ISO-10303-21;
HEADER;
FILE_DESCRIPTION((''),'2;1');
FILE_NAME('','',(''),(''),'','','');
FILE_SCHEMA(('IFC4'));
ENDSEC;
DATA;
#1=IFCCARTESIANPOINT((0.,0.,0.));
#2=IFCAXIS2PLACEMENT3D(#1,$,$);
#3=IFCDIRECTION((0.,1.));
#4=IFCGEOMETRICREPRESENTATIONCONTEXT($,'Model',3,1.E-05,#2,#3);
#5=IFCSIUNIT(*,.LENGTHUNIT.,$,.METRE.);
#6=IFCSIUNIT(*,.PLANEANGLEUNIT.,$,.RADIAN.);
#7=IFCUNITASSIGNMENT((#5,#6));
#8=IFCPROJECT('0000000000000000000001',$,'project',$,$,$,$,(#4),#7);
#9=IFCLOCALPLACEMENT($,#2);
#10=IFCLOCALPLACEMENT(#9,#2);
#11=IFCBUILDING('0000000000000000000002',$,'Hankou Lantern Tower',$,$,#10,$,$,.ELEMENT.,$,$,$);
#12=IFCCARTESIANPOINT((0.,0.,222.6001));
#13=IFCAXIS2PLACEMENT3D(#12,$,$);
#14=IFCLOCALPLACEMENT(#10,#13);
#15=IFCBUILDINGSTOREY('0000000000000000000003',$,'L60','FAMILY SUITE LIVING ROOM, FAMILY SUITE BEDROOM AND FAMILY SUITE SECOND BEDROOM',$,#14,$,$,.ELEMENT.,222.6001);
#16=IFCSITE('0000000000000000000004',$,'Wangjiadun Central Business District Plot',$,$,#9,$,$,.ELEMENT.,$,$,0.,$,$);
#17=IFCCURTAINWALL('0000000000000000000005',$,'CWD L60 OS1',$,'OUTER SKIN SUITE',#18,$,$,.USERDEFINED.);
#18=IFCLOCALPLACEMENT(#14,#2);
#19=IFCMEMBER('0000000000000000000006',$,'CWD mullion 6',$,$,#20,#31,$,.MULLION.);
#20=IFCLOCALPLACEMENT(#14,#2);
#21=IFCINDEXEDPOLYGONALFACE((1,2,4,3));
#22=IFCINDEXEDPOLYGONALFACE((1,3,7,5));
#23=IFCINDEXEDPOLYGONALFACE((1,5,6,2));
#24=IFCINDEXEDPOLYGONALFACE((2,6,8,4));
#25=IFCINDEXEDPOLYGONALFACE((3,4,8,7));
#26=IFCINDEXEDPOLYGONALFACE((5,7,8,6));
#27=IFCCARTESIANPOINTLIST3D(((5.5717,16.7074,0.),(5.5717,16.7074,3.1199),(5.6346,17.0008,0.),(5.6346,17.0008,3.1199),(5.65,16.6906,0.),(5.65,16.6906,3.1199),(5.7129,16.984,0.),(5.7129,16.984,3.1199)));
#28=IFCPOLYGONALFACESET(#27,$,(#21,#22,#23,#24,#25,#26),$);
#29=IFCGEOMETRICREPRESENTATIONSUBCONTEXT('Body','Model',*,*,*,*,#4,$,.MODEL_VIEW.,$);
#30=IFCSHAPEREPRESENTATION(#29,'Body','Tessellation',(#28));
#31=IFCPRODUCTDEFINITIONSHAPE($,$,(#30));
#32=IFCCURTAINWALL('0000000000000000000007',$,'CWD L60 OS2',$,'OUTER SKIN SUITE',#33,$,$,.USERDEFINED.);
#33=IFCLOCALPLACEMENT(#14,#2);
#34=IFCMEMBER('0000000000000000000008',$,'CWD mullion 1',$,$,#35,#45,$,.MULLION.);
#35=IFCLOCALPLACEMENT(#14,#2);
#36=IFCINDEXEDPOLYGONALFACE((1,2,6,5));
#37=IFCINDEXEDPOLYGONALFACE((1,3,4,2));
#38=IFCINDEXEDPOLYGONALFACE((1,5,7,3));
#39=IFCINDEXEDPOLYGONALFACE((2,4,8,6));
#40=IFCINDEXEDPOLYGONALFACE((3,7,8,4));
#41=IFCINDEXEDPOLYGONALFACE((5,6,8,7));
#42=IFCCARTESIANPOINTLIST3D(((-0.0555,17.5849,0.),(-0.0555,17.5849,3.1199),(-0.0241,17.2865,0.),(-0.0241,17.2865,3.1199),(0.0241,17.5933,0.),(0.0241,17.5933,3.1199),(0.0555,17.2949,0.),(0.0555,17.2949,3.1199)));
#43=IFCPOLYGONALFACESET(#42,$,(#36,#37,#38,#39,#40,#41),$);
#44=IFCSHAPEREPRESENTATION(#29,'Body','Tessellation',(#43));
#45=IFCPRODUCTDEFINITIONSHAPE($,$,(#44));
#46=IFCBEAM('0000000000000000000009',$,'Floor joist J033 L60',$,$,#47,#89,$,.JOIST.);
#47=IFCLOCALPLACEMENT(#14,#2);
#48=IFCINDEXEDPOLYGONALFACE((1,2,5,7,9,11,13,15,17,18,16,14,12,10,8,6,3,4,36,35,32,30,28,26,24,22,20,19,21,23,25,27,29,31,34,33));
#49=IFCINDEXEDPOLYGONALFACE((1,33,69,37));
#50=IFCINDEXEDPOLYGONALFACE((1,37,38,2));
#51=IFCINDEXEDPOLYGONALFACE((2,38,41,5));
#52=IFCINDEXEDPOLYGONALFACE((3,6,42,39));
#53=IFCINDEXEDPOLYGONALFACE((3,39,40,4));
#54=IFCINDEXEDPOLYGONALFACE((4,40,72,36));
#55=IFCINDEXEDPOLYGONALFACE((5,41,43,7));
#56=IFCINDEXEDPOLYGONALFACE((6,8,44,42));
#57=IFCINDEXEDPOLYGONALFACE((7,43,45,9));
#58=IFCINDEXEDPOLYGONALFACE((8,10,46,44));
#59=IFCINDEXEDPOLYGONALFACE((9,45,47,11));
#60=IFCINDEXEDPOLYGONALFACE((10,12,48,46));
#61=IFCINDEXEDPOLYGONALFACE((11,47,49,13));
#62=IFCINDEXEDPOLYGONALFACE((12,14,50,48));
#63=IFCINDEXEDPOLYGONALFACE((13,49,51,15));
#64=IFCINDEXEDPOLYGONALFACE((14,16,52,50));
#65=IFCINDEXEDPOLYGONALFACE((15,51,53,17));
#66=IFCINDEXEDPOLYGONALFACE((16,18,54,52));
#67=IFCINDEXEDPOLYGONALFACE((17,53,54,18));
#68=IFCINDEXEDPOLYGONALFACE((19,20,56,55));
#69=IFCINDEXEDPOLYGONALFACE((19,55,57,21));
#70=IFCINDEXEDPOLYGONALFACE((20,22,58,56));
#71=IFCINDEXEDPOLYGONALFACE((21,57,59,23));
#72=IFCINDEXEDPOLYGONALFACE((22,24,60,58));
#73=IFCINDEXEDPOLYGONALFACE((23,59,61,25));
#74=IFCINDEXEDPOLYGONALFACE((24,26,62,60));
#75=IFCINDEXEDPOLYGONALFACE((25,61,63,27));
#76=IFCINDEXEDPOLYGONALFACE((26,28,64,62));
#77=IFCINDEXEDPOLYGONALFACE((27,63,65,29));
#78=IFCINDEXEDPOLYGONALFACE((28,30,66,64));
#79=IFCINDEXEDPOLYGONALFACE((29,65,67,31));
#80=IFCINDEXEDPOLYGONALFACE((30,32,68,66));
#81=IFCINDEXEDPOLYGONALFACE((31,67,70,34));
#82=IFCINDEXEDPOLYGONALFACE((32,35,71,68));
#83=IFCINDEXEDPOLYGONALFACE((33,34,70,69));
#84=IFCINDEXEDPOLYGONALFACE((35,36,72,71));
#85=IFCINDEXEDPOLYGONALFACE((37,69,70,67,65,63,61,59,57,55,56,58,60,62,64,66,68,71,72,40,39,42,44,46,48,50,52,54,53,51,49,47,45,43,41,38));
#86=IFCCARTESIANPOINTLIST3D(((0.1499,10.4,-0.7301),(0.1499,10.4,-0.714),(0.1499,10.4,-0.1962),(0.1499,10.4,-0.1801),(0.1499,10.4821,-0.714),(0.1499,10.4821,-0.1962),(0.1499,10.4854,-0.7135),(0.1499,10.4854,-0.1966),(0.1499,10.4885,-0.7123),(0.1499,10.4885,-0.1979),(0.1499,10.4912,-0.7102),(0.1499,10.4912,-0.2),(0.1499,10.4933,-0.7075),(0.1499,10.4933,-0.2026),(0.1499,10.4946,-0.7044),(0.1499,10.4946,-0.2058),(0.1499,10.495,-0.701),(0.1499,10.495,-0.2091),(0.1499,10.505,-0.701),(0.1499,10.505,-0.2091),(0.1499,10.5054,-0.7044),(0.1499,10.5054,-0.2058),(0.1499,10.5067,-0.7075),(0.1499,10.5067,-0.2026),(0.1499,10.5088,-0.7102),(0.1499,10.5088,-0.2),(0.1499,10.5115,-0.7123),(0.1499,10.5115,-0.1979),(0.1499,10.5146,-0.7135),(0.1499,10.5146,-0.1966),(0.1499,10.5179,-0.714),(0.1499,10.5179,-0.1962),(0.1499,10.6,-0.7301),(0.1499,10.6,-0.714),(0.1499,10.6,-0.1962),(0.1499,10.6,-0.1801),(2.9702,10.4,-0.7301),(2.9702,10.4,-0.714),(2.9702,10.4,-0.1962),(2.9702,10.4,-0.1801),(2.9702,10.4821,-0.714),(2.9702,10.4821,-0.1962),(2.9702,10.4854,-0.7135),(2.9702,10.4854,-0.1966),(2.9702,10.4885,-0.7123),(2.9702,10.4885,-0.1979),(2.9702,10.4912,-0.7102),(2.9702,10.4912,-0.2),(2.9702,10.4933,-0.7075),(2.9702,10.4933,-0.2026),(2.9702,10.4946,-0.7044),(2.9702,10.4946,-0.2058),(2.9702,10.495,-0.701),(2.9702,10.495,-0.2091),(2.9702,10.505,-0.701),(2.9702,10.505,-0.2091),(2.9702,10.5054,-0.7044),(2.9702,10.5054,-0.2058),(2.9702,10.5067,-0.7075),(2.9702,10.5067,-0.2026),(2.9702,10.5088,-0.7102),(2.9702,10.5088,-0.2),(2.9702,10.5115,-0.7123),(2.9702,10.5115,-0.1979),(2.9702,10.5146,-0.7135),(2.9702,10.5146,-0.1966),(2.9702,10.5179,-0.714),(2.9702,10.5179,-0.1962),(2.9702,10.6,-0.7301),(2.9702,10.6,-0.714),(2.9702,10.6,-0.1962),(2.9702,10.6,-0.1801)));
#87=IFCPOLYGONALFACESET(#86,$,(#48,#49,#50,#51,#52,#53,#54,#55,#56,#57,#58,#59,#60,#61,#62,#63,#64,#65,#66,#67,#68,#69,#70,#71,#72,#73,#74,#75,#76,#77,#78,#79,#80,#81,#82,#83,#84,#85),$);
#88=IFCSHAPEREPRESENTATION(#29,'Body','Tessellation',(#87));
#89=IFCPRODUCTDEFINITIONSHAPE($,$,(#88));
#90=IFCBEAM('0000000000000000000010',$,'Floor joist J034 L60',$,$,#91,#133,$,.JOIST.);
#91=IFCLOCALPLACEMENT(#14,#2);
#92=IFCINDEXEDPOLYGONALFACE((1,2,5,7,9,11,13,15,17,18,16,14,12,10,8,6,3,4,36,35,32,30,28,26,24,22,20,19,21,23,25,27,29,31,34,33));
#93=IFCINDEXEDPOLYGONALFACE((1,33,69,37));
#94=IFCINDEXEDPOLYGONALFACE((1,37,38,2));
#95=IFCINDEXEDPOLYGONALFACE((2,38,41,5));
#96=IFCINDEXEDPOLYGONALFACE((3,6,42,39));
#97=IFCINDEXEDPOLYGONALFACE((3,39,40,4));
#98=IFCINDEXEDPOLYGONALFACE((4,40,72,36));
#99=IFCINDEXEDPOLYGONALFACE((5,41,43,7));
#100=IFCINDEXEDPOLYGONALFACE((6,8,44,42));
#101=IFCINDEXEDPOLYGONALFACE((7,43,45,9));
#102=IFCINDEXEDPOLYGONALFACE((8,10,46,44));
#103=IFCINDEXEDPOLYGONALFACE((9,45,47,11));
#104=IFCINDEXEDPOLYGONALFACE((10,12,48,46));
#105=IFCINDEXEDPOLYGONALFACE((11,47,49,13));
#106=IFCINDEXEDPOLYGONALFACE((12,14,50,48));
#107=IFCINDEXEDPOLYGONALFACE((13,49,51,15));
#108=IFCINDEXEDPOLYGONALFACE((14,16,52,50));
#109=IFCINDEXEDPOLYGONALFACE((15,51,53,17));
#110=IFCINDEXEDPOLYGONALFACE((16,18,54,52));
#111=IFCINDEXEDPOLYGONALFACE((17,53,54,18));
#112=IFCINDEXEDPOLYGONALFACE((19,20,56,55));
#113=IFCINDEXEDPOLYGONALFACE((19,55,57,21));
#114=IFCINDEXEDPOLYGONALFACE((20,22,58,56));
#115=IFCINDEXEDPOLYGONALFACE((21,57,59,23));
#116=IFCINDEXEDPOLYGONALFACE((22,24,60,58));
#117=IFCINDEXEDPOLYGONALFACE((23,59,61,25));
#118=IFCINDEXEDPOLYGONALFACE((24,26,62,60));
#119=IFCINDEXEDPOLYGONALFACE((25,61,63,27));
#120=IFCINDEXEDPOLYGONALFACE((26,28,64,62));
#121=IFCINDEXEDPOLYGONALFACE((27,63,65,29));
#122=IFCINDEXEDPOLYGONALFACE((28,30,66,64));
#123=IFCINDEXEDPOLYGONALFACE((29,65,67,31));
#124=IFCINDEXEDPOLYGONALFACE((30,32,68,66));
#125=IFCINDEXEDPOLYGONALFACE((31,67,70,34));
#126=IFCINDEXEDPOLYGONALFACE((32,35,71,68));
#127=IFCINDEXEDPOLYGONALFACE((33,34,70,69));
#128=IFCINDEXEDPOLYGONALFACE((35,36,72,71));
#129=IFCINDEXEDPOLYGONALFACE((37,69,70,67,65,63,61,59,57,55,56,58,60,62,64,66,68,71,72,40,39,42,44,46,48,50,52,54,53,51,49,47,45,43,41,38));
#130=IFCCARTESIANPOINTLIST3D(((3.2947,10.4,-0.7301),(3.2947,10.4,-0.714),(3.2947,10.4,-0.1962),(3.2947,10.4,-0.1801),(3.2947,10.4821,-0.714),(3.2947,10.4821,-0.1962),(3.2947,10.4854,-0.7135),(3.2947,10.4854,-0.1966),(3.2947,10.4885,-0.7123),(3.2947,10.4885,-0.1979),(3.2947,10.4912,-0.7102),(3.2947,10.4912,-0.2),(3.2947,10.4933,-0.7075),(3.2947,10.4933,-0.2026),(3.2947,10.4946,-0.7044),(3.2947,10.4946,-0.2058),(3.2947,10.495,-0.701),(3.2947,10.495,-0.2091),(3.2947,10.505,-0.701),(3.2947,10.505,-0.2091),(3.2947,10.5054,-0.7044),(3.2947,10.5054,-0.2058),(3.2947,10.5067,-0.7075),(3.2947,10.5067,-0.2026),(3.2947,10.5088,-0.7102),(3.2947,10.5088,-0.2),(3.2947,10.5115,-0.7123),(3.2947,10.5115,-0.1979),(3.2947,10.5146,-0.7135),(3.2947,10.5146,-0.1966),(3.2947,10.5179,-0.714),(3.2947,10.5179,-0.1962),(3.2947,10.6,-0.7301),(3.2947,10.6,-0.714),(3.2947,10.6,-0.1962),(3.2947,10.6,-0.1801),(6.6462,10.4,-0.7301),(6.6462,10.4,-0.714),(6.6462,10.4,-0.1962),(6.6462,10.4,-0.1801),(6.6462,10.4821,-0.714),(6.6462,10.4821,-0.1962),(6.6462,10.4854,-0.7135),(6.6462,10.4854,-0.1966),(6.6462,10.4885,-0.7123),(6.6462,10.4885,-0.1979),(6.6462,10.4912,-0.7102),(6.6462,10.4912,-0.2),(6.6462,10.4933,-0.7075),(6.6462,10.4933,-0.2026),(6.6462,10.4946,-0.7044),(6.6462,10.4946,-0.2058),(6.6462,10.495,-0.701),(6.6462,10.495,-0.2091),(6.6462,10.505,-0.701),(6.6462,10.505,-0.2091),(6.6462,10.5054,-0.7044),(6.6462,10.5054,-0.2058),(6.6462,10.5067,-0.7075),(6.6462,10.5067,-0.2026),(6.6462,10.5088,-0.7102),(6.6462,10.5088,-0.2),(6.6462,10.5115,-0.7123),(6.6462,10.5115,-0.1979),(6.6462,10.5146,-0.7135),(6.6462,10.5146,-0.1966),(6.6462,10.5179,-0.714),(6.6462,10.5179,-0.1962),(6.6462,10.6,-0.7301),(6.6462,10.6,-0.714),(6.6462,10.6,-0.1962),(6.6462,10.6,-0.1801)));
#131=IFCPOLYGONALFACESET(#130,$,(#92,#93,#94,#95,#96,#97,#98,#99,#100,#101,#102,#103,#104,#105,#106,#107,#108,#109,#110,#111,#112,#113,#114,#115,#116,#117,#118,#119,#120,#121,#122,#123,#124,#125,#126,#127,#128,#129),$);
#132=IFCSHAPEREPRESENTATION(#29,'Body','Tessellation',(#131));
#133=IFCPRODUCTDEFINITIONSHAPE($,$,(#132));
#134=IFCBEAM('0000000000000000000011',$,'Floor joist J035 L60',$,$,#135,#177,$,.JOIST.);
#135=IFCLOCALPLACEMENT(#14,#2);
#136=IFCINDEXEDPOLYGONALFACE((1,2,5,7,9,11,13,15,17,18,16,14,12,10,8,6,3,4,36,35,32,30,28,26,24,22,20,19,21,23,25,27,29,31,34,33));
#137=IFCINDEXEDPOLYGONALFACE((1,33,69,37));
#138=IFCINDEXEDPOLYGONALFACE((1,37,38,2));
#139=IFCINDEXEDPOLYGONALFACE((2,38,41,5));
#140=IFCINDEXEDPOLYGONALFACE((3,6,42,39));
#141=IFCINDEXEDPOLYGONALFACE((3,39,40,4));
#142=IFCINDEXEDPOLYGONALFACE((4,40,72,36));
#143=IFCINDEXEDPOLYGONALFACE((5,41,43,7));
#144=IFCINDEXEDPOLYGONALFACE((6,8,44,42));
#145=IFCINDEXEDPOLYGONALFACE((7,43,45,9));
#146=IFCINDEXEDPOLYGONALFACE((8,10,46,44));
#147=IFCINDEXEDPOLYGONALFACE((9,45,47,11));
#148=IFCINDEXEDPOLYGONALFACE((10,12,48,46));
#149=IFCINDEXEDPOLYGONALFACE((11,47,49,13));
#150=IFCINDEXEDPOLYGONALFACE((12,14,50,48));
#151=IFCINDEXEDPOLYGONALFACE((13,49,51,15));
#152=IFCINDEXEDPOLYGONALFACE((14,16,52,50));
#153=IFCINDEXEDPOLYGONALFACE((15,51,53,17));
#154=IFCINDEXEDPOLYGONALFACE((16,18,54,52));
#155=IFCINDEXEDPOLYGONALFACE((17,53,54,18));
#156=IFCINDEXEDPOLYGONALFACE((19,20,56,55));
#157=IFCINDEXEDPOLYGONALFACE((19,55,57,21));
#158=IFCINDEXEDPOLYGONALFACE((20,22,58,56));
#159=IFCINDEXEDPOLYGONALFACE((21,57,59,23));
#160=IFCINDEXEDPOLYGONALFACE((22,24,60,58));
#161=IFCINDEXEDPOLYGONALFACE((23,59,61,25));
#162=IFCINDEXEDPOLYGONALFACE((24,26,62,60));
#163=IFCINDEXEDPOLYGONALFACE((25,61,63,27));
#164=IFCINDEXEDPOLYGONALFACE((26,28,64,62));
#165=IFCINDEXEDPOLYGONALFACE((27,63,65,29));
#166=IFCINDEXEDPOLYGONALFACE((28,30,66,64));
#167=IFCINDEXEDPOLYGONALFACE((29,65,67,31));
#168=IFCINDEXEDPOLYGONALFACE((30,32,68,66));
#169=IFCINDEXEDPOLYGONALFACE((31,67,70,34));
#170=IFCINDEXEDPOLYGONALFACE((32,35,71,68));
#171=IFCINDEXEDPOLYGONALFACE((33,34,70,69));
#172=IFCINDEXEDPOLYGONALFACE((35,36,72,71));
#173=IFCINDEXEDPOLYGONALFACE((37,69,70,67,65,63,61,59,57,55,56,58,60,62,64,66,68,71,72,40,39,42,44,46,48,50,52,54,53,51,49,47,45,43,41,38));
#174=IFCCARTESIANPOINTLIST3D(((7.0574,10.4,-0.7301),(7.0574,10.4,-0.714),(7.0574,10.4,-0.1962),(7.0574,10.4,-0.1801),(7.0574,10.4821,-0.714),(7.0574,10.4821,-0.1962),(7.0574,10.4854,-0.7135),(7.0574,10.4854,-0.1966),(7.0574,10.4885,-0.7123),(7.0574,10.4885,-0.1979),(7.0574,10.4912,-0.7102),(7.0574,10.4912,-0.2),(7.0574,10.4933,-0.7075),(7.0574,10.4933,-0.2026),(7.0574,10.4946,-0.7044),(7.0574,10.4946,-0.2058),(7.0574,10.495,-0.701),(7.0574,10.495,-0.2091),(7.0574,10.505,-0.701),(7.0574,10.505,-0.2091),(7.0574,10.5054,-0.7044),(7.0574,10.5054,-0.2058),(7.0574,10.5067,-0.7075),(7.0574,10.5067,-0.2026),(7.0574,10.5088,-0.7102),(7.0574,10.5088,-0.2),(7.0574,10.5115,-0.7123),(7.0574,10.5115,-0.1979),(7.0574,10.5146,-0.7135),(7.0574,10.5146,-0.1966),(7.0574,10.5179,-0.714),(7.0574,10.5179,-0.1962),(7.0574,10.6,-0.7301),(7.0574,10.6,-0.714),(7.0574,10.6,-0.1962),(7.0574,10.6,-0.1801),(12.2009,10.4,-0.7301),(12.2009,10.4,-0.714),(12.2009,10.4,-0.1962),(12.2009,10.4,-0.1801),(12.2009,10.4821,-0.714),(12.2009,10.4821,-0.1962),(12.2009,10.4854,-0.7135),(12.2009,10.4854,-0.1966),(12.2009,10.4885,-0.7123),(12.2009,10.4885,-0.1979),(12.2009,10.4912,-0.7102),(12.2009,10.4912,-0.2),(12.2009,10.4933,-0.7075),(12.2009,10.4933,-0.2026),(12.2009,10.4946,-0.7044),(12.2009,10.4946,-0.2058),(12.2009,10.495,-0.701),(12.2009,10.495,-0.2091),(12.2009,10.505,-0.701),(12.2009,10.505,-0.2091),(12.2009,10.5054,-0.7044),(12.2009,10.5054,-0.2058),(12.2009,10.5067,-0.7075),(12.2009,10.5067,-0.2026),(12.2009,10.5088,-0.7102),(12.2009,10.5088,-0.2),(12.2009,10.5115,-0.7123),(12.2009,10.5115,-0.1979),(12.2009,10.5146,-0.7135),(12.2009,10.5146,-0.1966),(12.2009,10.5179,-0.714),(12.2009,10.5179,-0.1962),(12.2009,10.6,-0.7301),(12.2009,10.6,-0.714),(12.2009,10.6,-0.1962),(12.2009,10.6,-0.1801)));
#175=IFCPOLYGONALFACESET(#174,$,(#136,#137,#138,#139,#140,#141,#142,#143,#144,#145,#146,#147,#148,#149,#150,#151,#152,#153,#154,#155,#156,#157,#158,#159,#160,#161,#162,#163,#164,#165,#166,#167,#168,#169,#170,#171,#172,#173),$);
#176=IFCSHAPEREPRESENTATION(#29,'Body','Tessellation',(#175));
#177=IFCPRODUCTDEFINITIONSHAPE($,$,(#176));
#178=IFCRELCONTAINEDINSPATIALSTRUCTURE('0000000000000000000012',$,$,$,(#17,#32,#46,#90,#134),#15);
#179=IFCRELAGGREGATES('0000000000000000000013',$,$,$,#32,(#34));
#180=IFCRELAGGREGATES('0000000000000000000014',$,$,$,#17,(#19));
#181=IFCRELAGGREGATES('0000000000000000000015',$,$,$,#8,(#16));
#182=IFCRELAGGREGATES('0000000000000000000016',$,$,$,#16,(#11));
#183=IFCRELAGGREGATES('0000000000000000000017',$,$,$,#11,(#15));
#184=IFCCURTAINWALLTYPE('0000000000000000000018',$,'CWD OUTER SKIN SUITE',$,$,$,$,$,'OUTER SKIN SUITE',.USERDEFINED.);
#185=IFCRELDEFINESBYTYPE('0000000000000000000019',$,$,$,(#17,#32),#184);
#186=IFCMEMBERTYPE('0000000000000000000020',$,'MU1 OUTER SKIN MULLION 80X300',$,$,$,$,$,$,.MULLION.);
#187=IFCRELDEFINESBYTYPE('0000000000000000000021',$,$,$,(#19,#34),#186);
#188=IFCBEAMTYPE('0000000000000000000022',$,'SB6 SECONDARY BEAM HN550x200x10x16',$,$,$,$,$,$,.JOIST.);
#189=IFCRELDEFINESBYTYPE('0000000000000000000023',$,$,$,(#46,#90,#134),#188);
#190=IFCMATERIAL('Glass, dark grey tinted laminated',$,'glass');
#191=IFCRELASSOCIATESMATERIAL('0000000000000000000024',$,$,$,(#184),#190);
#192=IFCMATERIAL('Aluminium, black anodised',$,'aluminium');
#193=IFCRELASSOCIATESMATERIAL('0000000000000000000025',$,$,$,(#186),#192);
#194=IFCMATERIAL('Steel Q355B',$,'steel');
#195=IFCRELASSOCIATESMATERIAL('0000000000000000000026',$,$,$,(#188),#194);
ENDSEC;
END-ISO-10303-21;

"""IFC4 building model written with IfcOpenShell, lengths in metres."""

from ifc_helpers import new_model, si_unit, direction, frame, origin, origin_2d, place, context, subcontext, project, spatial, rectangle, i_section, extrude, material, material_profile, profile_set, type_object, element, aggregate, save


model = new_model("IFC4")

# Units and contexts
model_context = context("Model", 3, precision=1e-05, world=origin(), true_north=direction((0.0, 1.0)))
body_context = subcontext(model_context, "Body", "Model", "MODEL_VIEW")
ifc_project = project(units=[si_unit("LENGTHUNIT", "METRE"), si_unit("PLANEANGLEUNIT", "RADIAN")], contexts=[model_context])

# Site, building, storey
site_placement = place(None, origin())
site = spatial("IfcSite", under=ifc_project, at=site_placement, Name="Wangjiadun Central Business District Plot", CompositionType="ELEMENT", RefElevation=0.0)
building_placement = place(site_placement, origin())
building = spatial("IfcBuilding", under=site, at=building_placement, Name="Hankou Lantern Tower", CompositionType="ELEMENT")
storey_placement = place(building_placement, frame((0.0, 0.0, 222.6001)))
storey = spatial("IfcBuildingStorey", under=building, at=storey_placement, Name="L60", Description="FAMILY SUITE LIVING ROOM, FAMILY SUITE BEDROOM AND FAMILY SUITE SECOND BEDROOM", CompositionType="ELEMENT", Elevation=222.6001)

# Curtain walls, members
ifc_material_1 = material(Name="Glass, dark grey tinted laminated", Category="glass")
curtain_wall_type = type_object("IfcCurtainWallType", Name="CWD OUTER SKIN SUITE", ElementType="OUTER SKIN SUITE", PredefinedType="USERDEFINED", material=ifc_material_1)
curtain_wall_1_placement = place(storey_placement, origin())
curtain_wall_1 = element("IfcCurtainWall", 1, at=curtain_wall_1_placement, inside=storey, type_object=curtain_wall_type, Name="CWD L60 OS1", ObjectType="OUTER SKIN SUITE", PredefinedType="USERDEFINED")
ifc_material_2 = material(Name="Aluminium, black anodised", Category="aluminium")
ifc_material_profile_1 = material_profile(ifc_material_2, rectangle(XDim=0.0801, YDim=0.3, at=origin_2d()), Name="MU1 80X300")
ifc_profile_set_1 = profile_set([ifc_material_profile_1], Name="Aluminium, black anodised")
member_type_1 = type_object("IfcMemberType", Name="MU1 OUTER SKIN MULLION 80X300", PredefinedType="MULLION", material=ifc_profile_set_1)
member_1_placement = place(storey_placement, frame((5.6423, 16.8457, 0.0), z_axis=(0.0, 0.0, 1.0), x_axis=(-0.977788, 0.209598, 0.0)))
member_1 = element("IfcMember", 2, at=member_1_placement, type_object=member_type_1, Name="CWD mullion 6", PredefinedType="MULLION", context=body_context, shape_type="SweptSolid", body=[
    extrude(rectangle(XDim=0.0801, YDim=0.3, at=origin_2d()), origin(), (0.0, 0.0, 1.0), 3.1199),
])
curtain_wall_2_placement = place(storey_placement, origin())
curtain_wall_2 = element("IfcCurtainWall", 3, at=curtain_wall_2_placement, inside=storey, type_object=curtain_wall_type, Name="CWD L60 OS2", ObjectType="OUTER SKIN SUITE", PredefinedType="USERDEFINED")
member_2_placement = place(storey_placement, frame((0.0, 17.4399, 0.0), z_axis=(0.0, 0.0, 1.0), x_axis=(-0.994499, -0.104743, 0.0)))
member_2 = element("IfcMember", 4, at=member_2_placement, type_object=member_type_1, Name="CWD mullion 1", PredefinedType="MULLION", context=body_context, shape_type="SweptSolid", body=[
    extrude(rectangle(XDim=0.0801, YDim=0.3, at=origin_2d()), origin(), (0.0, 0.0, 1.0), 3.1199),
])
aggregate(curtain_wall_2, [member_2])

# Beams
ifc_material_3 = material(Name="Steel Q355B", Category="steel")
ifc_material_profile_2 = material_profile(ifc_material_3, i_section(OverallWidth=0.2, OverallDepth=0.55, WebThickness=0.01, FlangeThickness=0.0161, FilletRadius=0.0129, at=origin_2d()), Name="HN550x200x10x16")
ifc_profile_set_2 = profile_set([ifc_material_profile_2], Name="Steel Q355B")
beam_type_1 = type_object("IfcBeamType", Name="SB6 SECONDARY BEAM HN550x200x10x16", PredefinedType="JOIST", material=ifc_profile_set_2)
beam_1_placement = place(storey_placement, frame((0.1499, 10.5, -0.4551), z_axis=(1.0, 0.0, 0.0), x_axis=(0.0, 1.0, 0.0)))
element("IfcBeam", 5, at=beam_1_placement, inside=storey, type_object=beam_type_1, Name="Floor joist J033 L60", PredefinedType="JOIST", context=body_context, shape_type="SweptSolid", body=[
    extrude(i_section(OverallWidth=0.2, OverallDepth=0.55, WebThickness=0.01, FlangeThickness=0.0161, FilletRadius=0.0129, at=origin_2d()), origin(), (0.0, 0.0, 1.0), 2.8203),
])
beam_2_placement = place(storey_placement, frame((3.2947, 10.5, -0.4551), z_axis=(1.0, 0.0, 0.0), x_axis=(0.0, 1.0, 0.0)))
element("IfcBeam", 6, at=beam_2_placement, inside=storey, type_object=beam_type_1, Name="Floor joist J034 L60", PredefinedType="JOIST", context=body_context, shape_type="SweptSolid", body=[
    extrude(i_section(OverallWidth=0.2, OverallDepth=0.55, WebThickness=0.01, FlangeThickness=0.0161, FilletRadius=0.0129, at=origin_2d()), origin(), (0.0, 0.0, 1.0), 3.3516),
])
beam_3_placement = place(storey_placement, frame((7.0574, 10.5, -0.4551), z_axis=(1.0, 0.0, 0.0), x_axis=(0.0, 1.0, 0.0)))
element("IfcBeam", 7, at=beam_3_placement, inside=storey, type_object=beam_type_1, Name="Floor joist J035 L60", PredefinedType="JOIST", context=body_context, shape_type="SweptSolid", body=[
    extrude(i_section(OverallWidth=0.2, OverallDepth=0.55, WebThickness=0.01, FlangeThickness=0.0161, FilletRadius=0.0129, at=origin_2d()), origin(), (0.0, 0.0, 1.0), 5.1436),
])

aggregate(curtain_wall_1, [member_1])

save(model, "model.ifc")
